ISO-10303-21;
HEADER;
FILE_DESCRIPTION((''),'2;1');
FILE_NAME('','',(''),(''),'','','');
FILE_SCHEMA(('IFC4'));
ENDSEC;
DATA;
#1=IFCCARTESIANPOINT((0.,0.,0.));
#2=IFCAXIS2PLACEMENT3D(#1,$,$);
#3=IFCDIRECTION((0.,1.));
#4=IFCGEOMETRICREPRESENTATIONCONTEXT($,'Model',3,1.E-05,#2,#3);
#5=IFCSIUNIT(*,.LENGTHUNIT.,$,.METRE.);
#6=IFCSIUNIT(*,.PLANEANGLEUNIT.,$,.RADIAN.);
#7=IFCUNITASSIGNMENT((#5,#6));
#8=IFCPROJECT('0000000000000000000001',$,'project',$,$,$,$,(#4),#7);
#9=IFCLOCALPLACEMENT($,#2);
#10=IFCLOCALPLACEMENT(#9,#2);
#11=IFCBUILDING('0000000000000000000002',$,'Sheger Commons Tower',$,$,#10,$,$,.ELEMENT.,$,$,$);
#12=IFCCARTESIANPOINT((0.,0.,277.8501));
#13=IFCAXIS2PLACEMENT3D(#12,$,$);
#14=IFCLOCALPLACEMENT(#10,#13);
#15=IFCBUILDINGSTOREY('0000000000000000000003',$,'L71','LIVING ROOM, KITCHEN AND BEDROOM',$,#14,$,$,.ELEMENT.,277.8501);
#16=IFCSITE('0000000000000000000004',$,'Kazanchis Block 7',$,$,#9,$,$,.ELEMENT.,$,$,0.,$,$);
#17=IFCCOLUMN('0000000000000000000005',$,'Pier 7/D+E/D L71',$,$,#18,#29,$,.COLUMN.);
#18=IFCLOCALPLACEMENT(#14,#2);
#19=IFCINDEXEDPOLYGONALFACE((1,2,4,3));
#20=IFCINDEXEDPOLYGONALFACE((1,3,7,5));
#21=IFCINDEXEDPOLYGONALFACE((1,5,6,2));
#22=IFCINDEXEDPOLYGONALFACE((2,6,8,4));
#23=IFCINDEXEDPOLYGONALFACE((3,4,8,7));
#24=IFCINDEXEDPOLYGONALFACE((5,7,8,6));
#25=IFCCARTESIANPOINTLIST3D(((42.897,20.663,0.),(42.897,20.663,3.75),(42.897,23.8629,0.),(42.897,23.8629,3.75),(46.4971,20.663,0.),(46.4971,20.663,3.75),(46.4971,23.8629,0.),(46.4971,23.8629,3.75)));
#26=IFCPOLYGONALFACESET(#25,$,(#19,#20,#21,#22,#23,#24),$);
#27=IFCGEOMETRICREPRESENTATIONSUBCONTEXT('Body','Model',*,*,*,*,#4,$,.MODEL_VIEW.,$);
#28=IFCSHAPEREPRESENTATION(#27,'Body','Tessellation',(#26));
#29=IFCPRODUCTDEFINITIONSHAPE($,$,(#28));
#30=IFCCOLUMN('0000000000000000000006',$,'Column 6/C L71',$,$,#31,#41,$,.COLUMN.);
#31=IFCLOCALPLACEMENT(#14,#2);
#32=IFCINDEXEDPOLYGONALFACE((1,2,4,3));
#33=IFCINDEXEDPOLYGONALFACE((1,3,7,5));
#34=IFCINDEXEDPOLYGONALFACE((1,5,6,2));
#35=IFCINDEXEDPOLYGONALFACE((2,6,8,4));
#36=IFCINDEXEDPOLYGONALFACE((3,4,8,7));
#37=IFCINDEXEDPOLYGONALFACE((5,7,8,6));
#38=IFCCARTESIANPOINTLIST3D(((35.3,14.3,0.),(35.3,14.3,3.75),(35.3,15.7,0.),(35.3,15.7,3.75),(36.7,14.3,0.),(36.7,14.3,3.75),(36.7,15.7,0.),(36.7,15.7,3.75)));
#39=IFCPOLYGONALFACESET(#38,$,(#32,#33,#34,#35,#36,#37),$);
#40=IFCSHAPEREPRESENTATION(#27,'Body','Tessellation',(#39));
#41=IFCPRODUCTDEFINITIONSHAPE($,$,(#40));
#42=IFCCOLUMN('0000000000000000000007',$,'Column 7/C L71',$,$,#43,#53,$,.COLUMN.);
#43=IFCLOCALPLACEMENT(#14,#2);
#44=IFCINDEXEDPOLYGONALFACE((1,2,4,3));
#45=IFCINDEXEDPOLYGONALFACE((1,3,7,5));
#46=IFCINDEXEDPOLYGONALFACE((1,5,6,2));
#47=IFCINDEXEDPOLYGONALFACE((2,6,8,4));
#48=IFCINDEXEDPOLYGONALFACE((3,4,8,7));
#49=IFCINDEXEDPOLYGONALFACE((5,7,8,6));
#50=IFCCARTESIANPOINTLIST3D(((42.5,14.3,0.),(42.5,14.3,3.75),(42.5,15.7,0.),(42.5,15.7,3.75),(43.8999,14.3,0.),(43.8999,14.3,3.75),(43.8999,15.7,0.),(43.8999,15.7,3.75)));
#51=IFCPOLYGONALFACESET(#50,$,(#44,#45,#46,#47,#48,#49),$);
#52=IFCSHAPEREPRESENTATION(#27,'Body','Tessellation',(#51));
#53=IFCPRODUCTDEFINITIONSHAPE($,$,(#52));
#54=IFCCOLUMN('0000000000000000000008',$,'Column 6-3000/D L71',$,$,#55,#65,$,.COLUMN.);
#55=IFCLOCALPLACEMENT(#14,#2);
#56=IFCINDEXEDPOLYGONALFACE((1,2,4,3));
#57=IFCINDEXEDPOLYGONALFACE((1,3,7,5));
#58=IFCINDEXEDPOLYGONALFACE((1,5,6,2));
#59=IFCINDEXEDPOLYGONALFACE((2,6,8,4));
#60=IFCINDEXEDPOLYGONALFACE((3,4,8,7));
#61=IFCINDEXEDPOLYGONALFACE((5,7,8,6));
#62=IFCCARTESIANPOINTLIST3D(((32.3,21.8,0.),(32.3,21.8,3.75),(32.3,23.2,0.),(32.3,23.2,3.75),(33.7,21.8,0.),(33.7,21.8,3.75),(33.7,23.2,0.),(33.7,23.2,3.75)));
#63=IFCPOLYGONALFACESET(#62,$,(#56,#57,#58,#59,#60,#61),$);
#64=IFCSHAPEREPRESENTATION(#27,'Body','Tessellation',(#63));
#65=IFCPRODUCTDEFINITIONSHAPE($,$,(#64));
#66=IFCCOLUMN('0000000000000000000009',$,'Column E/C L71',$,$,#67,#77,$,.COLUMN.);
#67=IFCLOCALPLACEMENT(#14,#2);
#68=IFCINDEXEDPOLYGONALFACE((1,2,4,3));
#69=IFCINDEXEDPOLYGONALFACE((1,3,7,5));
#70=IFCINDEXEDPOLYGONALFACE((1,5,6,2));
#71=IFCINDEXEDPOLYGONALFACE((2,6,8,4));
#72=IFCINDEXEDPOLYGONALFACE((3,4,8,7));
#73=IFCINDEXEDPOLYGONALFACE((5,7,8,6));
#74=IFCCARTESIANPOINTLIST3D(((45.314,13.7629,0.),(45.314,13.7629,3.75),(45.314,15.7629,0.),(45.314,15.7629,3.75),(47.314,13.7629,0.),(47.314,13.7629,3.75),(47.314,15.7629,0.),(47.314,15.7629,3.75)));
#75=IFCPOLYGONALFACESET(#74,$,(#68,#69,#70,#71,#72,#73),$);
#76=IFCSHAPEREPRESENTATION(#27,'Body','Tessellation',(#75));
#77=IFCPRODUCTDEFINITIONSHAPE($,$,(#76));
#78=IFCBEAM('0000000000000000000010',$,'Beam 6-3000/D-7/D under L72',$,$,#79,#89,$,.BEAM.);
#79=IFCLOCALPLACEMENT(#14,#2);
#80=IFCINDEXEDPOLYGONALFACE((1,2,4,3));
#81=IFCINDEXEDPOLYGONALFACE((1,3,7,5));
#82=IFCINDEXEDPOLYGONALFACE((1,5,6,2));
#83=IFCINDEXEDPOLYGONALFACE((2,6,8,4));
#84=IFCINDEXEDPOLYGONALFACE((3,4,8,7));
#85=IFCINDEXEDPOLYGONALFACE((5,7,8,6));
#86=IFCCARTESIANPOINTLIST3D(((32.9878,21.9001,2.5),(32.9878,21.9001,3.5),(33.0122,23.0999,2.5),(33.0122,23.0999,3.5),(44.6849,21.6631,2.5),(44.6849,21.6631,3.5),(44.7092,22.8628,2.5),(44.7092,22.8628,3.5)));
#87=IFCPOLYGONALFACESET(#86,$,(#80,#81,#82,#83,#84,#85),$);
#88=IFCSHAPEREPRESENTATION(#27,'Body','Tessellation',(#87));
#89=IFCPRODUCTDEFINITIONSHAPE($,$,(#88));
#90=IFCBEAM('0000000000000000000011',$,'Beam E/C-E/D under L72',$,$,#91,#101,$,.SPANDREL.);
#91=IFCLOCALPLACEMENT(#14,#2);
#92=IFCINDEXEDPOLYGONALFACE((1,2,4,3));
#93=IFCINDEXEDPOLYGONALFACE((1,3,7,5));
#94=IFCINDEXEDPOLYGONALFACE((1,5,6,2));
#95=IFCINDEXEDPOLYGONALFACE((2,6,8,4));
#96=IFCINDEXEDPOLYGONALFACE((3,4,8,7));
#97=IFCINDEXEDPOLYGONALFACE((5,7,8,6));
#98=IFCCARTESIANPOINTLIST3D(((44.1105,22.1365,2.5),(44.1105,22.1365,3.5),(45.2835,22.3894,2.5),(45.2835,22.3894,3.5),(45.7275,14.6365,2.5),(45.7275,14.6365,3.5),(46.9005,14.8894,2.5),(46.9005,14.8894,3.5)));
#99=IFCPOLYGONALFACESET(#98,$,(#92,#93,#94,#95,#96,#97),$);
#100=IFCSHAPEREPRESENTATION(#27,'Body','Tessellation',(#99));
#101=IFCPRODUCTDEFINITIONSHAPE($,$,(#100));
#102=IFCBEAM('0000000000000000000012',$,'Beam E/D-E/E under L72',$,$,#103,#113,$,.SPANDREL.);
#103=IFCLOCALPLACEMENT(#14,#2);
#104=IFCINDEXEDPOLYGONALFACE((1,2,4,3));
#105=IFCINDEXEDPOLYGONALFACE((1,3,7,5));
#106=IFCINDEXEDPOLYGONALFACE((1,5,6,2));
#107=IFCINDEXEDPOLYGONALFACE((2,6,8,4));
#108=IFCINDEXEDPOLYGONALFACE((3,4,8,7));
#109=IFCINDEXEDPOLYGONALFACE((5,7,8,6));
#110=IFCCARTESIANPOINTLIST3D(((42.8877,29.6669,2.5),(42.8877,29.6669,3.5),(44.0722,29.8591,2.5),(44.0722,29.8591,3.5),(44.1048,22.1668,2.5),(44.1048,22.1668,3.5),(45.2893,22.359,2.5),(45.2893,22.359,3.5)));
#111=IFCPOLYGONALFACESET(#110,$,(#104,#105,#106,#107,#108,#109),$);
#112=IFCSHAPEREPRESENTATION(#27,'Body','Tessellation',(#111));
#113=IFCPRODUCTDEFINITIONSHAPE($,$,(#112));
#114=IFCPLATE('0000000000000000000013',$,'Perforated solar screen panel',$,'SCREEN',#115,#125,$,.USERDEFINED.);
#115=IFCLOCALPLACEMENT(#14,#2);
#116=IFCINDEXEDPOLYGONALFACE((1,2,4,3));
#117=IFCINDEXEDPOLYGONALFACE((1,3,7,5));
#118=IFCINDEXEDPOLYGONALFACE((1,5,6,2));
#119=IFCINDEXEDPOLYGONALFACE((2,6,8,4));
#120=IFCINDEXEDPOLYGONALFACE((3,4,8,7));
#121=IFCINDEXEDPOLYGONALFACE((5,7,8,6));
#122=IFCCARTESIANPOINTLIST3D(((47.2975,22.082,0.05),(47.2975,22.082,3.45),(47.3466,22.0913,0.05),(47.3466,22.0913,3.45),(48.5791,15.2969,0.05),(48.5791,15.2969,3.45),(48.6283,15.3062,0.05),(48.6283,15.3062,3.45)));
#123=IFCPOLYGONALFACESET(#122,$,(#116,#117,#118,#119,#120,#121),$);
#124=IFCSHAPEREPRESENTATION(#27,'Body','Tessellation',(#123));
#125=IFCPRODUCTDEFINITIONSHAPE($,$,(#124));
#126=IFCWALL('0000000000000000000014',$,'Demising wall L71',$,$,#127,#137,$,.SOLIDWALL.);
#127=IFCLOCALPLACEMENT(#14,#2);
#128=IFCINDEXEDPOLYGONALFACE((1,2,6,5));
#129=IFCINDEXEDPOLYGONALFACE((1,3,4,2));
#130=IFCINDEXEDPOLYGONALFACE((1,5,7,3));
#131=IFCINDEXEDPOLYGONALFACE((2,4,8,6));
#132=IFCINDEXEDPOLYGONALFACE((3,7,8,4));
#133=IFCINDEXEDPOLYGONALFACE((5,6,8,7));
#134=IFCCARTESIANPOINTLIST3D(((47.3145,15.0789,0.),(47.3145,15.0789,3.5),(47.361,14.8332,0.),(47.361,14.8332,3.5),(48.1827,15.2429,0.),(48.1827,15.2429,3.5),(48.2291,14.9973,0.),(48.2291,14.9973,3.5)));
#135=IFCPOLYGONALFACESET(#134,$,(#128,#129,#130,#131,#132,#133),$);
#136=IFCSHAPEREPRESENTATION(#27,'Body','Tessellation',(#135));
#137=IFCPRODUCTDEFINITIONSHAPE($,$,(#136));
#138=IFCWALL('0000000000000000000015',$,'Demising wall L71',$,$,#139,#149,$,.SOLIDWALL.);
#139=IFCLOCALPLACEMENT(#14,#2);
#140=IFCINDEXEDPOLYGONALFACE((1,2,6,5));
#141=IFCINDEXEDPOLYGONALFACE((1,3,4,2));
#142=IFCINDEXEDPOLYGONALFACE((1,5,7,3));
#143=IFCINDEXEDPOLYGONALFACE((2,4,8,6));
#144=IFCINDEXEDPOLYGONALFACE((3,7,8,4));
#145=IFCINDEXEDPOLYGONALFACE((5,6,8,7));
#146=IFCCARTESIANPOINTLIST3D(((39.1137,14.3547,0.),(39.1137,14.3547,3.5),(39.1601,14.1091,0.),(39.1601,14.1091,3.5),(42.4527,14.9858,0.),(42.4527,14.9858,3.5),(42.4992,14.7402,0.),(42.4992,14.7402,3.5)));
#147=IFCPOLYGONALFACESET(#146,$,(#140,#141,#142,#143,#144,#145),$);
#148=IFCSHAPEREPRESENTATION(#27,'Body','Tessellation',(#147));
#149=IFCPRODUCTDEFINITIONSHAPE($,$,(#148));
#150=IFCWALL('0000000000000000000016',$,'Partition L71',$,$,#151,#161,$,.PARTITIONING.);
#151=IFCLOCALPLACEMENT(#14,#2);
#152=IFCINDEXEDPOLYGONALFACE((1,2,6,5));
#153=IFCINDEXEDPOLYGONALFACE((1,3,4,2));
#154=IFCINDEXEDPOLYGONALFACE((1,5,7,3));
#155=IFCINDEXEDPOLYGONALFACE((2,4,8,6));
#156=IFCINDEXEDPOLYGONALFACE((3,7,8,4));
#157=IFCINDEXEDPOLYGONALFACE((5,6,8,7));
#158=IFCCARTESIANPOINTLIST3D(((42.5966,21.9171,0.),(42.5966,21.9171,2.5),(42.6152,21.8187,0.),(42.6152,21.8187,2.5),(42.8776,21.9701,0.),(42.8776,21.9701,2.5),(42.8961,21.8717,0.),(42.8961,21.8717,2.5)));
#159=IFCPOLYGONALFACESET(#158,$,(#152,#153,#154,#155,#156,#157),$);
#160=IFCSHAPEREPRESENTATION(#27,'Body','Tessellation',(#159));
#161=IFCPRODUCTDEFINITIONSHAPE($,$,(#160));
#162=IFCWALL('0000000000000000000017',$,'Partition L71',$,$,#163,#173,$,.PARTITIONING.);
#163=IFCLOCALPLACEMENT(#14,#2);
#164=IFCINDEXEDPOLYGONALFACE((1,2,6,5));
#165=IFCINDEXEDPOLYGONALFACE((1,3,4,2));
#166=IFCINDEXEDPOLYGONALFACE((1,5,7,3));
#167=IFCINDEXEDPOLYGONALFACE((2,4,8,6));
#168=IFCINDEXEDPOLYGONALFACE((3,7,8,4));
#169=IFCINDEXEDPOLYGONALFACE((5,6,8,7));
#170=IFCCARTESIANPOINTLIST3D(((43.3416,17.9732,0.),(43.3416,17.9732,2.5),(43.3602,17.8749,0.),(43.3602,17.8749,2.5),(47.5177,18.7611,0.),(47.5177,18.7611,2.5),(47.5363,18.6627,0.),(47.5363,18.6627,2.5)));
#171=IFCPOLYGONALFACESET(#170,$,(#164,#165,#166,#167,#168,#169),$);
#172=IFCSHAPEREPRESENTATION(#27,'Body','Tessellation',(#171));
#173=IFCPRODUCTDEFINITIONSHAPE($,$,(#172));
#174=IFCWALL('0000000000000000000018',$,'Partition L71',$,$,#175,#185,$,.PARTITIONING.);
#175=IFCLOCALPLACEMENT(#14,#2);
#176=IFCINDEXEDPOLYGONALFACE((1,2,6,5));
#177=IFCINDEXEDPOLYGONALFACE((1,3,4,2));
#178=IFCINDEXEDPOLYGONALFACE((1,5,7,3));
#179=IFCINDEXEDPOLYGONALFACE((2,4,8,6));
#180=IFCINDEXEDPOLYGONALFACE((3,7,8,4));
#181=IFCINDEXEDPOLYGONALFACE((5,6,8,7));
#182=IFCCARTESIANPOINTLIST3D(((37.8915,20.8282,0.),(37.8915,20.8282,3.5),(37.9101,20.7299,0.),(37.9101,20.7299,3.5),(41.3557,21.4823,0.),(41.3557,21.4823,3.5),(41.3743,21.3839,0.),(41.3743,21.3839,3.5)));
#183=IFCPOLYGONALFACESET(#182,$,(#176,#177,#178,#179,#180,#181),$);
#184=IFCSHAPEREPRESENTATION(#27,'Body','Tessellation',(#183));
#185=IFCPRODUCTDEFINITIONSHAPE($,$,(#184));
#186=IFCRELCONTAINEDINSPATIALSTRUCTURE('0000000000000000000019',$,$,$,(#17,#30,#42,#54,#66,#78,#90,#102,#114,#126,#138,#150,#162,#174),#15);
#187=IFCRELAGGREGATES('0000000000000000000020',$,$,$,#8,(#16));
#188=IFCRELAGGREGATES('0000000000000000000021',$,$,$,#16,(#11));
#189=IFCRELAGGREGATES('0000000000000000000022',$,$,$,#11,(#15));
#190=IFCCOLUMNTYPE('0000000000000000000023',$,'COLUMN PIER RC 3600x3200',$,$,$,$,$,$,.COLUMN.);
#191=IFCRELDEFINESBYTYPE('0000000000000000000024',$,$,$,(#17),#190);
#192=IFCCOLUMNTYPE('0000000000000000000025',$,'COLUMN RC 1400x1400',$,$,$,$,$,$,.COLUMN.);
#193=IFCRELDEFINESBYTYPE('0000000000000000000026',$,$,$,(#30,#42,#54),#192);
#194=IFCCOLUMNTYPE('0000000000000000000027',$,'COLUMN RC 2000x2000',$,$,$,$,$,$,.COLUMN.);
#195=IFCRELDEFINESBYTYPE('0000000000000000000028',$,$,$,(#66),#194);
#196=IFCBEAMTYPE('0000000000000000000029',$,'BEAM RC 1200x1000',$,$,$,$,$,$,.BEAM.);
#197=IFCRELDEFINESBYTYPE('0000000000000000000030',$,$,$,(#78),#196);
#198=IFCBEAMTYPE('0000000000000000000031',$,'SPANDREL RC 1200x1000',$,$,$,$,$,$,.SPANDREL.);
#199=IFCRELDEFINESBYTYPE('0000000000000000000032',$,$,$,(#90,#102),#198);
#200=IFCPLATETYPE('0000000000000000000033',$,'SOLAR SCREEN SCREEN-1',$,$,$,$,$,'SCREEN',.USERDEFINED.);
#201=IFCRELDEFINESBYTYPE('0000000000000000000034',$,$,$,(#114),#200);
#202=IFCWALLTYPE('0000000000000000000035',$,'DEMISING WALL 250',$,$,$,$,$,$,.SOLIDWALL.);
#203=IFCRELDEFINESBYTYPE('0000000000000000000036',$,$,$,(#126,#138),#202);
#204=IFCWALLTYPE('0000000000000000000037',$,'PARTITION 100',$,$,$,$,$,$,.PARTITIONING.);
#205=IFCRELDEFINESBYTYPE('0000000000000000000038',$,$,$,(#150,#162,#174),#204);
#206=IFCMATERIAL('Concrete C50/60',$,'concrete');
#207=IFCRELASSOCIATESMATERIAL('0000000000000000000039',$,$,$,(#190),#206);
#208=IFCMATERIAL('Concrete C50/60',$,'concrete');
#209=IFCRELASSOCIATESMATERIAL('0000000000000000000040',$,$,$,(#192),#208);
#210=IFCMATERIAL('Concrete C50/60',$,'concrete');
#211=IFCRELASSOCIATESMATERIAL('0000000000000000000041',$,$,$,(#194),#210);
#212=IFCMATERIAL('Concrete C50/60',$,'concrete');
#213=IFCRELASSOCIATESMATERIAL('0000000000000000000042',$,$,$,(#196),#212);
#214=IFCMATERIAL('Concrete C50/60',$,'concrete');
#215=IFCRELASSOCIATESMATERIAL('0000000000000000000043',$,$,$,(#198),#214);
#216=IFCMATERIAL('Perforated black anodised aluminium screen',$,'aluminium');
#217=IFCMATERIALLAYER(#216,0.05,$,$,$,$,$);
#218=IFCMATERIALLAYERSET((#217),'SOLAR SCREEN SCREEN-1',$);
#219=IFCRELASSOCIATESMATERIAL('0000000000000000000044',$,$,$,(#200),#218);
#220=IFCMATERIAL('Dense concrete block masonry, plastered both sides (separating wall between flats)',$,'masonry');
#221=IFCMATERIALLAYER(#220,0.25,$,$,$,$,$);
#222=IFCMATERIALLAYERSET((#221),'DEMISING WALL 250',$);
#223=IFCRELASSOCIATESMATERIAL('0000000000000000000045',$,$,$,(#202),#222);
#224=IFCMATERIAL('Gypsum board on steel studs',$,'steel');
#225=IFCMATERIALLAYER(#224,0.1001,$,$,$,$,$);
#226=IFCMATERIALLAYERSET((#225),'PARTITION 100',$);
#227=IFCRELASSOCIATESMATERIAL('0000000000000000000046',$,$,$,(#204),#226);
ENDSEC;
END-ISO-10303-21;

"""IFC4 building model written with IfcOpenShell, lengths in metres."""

from ifc_helpers import new_model, si_unit, direction, frame, frame_2d, origin, origin_2d, place, context, subcontext, project, spatial, rectangle, extrude, material, layer, layer_set, material_profile, profile_set, type_object, element, save


model = new_model("IFC4")

# Units and contexts
model_context = context("Model", 3, precision=1e-05, world=origin(), true_north=direction((0.0, 1.0)))
body_context = subcontext(model_context, "Body", "Model", "MODEL_VIEW")
ifc_project = project(units=[si_unit("LENGTHUNIT", "METRE"), si_unit("PLANEANGLEUNIT", "RADIAN")], contexts=[model_context])

# Site, building, storey
site_placement = place(None, origin())
site = spatial("IfcSite", under=ifc_project, at=site_placement, Name="Kazanchis Block 7", CompositionType="ELEMENT", RefElevation=0.0)
building_placement = place(site_placement, origin())
building = spatial("IfcBuilding", under=site, at=building_placement, Name="Sheger Commons Tower", CompositionType="ELEMENT")
storey_placement = place(building_placement, frame((0.0, 0.0, 277.8501)))
storey = spatial("IfcBuildingStorey", under=building, at=storey_placement, Name="L71", Description="LIVING ROOM, KITCHEN AND BEDROOM", CompositionType="ELEMENT", Elevation=277.8501)

# Columns
ifc_material_1 = material(Name="Concrete C50/60", Category="concrete")
ifc_material_profile_1 = material_profile(ifc_material_1, rectangle(XDim=3.6001, YDim=3.2, at=origin_2d()), Name="RC 3600x3200")
ifc_profile_set_1 = profile_set([ifc_material_profile_1], Name="Concrete C50/60")
column_type_1 = type_object("IfcColumnType", Name="COLUMN PIER RC 3600x3200", PredefinedType="COLUMN", material=ifc_profile_set_1)
column_1_placement = place(storey_placement, frame((44.697, 22.2629, 0.0), z_axis=(0.0, 0.0, 1.0), x_axis=(1.0, 0.0, 0.0)))
element("IfcColumn", 1, at=column_1_placement, inside=storey, type_object=column_type_1, Name="Pier 7/D+E/D L71", PredefinedType="COLUMN", context=body_context, shape_type="SweptSolid", body=[
    extrude(rectangle(XDim=3.6001, YDim=3.2, at=origin_2d()), origin(), (0.0, 0.0, 1.0), 3.75),
])
ifc_material_2 = material(Name="Concrete C50/60", Category="concrete")
ifc_material_profile_2 = material_profile(ifc_material_2, rectangle(XDim=1.3999, YDim=1.3999, at=origin_2d()), Name="RC 1400x1400")
ifc_profile_set_2 = profile_set([ifc_material_profile_2], Name="Concrete C50/60")
column_type_2 = type_object("IfcColumnType", Name="COLUMN RC 1400x1400", PredefinedType="COLUMN", material=ifc_profile_set_2)
for number, where, z_axis, x_axis, name in (
    (2, (36.0, 15.0, 0.0), (0.0, 0.0, 1.0), (1.0, 0.0, 0.0), "Column 6/C L71"),
    (3, (43.2, 15.0, 0.0), (0.0, 0.0, 1.0), (1.0, 0.0, 0.0), "Column 7/C L71"),
    (4, (33.0, 22.5, 0.0), (0.0, 0.0, 1.0), (1.0, 0.0, 0.0), "Column 6-3000/D L71"),
):
    element("IfcColumn", number, at=place(storey_placement, frame(where, z_axis=z_axis, x_axis=x_axis)), inside=storey, type_object=column_type_2, Name=name, PredefinedType="COLUMN", context=body_context, shape_type="SweptSolid", body=[
        extrude(rectangle(XDim=1.3999, YDim=1.3999, at=origin_2d()), origin(), (0.0, 0.0, 1.0), 3.75),
    ])
ifc_material_3 = material(Name="Concrete C50/60", Category="concrete")
ifc_material_profile_3 = material_profile(ifc_material_3, rectangle(XDim=2.0, YDim=2.0, at=origin_2d()), Name="RC 2000x2000")
ifc_profile_set_3 = profile_set([ifc_material_profile_3], Name="Concrete C50/60")
column_type_3 = type_object("IfcColumnType", Name="COLUMN RC 2000x2000", PredefinedType="COLUMN", material=ifc_profile_set_3)
column_2_placement = place(storey_placement, frame((46.314, 14.7629, 0.0), z_axis=(0.0, 0.0, 1.0), x_axis=(1.0, 0.0, 0.0)))
element("IfcColumn", 5, at=column_2_placement, inside=storey, type_object=column_type_3, Name="Column E/C L71", PredefinedType="COLUMN", context=body_context, shape_type="SweptSolid", body=[
    extrude(rectangle(XDim=2.0, YDim=2.0, at=origin_2d()), origin(), (0.0, 0.0, 1.0), 3.75),
])

# Beams
ifc_material_4 = material(Name="Concrete C50/60", Category="concrete")
ifc_material_profile_4 = material_profile(ifc_material_4, rectangle(XDim=1.2, YDim=1.0, at=origin_2d()), Name="RC 1200x1000")
ifc_profile_set_4 = profile_set([ifc_material_profile_4], Name="Concrete C50/60")
beam_type_1 = type_object("IfcBeamType", Name="BEAM RC 1200x1000", PredefinedType="BEAM", material=ifc_profile_set_4)
beam_1_placement = place(storey_placement, frame((33.0, 22.5, 3.0), z_axis=(0.999795, -0.020263, 0.0), x_axis=(0.020263, 0.999795, 0.0)))
element("IfcBeam", 6, at=beam_1_placement, inside=storey, type_object=beam_type_1, Name="Beam 6-3000/D-7/D under L72", PredefinedType="BEAM", context=body_context, shape_type="SweptSolid", body=[
    extrude(rectangle(XDim=1.2, YDim=1.0, at=origin_2d()), origin(), (0.0, 0.0, 1.0), 11.6995),
])
ifc_material_5 = material(Name="Concrete C50/60", Category="concrete")
ifc_material_profile_5 = material_profile(ifc_material_5, rectangle(XDim=1.2, YDim=1.0, at=origin_2d()), Name="RC 1200x1000")
ifc_profile_set_5 = profile_set([ifc_material_profile_5], Name="Concrete C50/60")
beam_type_2 = type_object("IfcBeamType", Name="SPANDREL RC 1200x1000", PredefinedType="SPANDREL", material=ifc_profile_set_5)
beam_2_placement = place(storey_placement, frame((46.314, 14.7629, 3.0), z_axis=(-0.21075, 0.97754, 0.0), x_axis=(-0.97754, -0.21075, 0.0)))
element("IfcBeam", 7, at=beam_2_placement, inside=storey, type_object=beam_type_2, Name="Beam E/C-E/D under L72", PredefinedType="SPANDREL", context=body_context, shape_type="SweptSolid", body=[
    extrude(rectangle(XDim=1.2, YDim=1.0, at=origin_2d()), origin(), (0.0, 0.0, 1.0), 7.6724),
])
beam_3_placement = place(storey_placement, frame((44.697, 22.2629, 3.0), z_axis=(-0.160177, 0.987088, 0.0), x_axis=(-0.987088, -0.160177, 0.0)))
element("IfcBeam", 8, at=beam_3_placement, inside=storey, type_object=beam_type_2, Name="Beam E/D-E/E under L72", PredefinedType="SPANDREL", context=body_context, shape_type="SweptSolid", body=[
    extrude(rectangle(XDim=1.2, YDim=1.0, at=origin_2d()), origin(), (0.0, 0.0, 1.0), 7.5981),
])

# Plate
ifc_material_6 = material(Name="Perforated black anodised aluminium screen", Category="aluminium")
ifc_layer_1 = layer(ifc_material_6, 0.05)
ifc_layer_set_1 = layer_set([ifc_layer_1], Name="SOLAR SCREEN SCREEN-1")
plate_type = type_object("IfcPlateType", Name="SOLAR SCREEN SCREEN-1", ElementType="SCREEN", PredefinedType="USERDEFINED", material=ifc_layer_set_1)
plate_placement = place(storey_placement, frame((47.9629, 18.6941, 0.05), z_axis=(0.0, 0.0, 1.0), x_axis=(-0.185615, 0.982623, 0.0)))
element("IfcPlate", 9, at=plate_placement, inside=storey, type_object=plate_type, Name="Perforated solar screen panel", ObjectType="SCREEN", PredefinedType="USERDEFINED", context=body_context, shape_type="SweptSolid", body=[
    extrude(rectangle(XDim=6.905, YDim=0.05, at=origin_2d()), origin(), (0.0, 0.0, 1.0), 3.3999),
])

# Walls
ifc_material_7 = material(Name="Dense concrete block masonry, plastered both sides (separating wall between flats)", Category="masonry")
ifc_layer_2 = layer(ifc_material_7, 0.25)
ifc_layer_set_2 = layer_set([ifc_layer_2], Name="DEMISING WALL 250")
wall_type_1 = type_object("IfcWallType", Name="DEMISING WALL 250", PredefinedType="SOLIDWALL", material=ifc_layer_set_2)
wall_1_placement = place(storey_placement, frame((48.2061, 15.1201, 0.0), z_axis=(0.0, 0.0, 1.0), x_axis=(-0.982608, -0.18569, 0.0)))
element("IfcWall", 10, at=wall_1_placement, inside=storey, type_object=wall_type_1, Name="Demising wall L71", PredefinedType="SOLIDWALL", context=body_context, shape_type="SweptSolid", body=[
    extrude(rectangle(XDim=0.8835, YDim=0.25, at=frame_2d((0.4419, 0.0))), origin(), (0.0, 0.0, 1.0), 3.5),
])
wall_2_placement = place(storey_placement, frame((42.4761, 14.863, 0.0), z_axis=(0.0, 0.0, 1.0), x_axis=(-0.982604, -0.185715, 0.0)))
element("IfcWall", 11, at=wall_2_placement, inside=storey, type_object=wall_type_1, Name="Demising wall L71", PredefinedType="SOLIDWALL", context=body_context, shape_type="SweptSolid", body=[
    extrude(rectangle(XDim=3.3982, YDim=0.25, at=frame_2d((1.6992, 0.0))), origin(), (0.0, 0.0, 1.0), 3.5),
])
ifc_material_8 = material(Name="Gypsum board on steel studs", Category="steel")
ifc_layer_3 = layer(ifc_material_8, 0.1001)
ifc_layer_set_3 = layer_set([ifc_layer_3], Name="PARTITION 100")
wall_type_2 = type_object("IfcWallType", Name="PARTITION 100", PredefinedType="PARTITIONING", material=ifc_layer_set_3)
wall_3_placement = place(storey_placement, frame((42.887, 21.9209, 0.0), z_axis=(0.0, 0.0, 1.0), x_axis=(-0.982688, -0.185268, 0.0)))
element("IfcWall", 12, at=wall_3_placement, inside=storey, type_object=wall_type_2, Name="Partition L71", PredefinedType="PARTITIONING", context=body_context, shape_type="SweptSolid", body=[
    extrude(rectangle(XDim=0.2859, YDim=0.1001, at=frame_2d((0.1431, 0.0))), origin(), (0.0, 0.0, 1.0), 2.5),
])
wall_4_placement = place(storey_placement, frame((47.5271, 18.7119, 0.0), z_axis=(0.0, 0.0, 1.0), x_axis=(-0.982665, -0.185388, 0.0)))
element("IfcWall", 13, at=wall_4_placement, inside=storey, type_object=wall_type_2, Name="Partition L71", PredefinedType="PARTITIONING", context=body_context, shape_type="SweptSolid", body=[
    extrude(rectangle(XDim=4.2498, YDim=0.1001, at=frame_2d((2.125, 0.0))), origin(), (0.0, 0.0, 1.0), 2.5),
])
wall_5_placement = place(storey_placement, frame((41.365, 21.4331, 0.0), z_axis=(0.0, 0.0, 1.0), x_axis=(-0.982639, -0.18553, 0.0)))
element("IfcWall", 14, at=wall_5_placement, inside=storey, type_object=wall_type_2, Name="Partition L71", PredefinedType="PARTITIONING", context=body_context, shape_type="SweptSolid", body=[
    extrude(rectangle(XDim=3.5254, YDim=0.1001, at=frame_2d((1.7627, 0.0))), origin(), (0.0, 0.0, 1.0), 3.5),
])

save(model, "model.ifc")
